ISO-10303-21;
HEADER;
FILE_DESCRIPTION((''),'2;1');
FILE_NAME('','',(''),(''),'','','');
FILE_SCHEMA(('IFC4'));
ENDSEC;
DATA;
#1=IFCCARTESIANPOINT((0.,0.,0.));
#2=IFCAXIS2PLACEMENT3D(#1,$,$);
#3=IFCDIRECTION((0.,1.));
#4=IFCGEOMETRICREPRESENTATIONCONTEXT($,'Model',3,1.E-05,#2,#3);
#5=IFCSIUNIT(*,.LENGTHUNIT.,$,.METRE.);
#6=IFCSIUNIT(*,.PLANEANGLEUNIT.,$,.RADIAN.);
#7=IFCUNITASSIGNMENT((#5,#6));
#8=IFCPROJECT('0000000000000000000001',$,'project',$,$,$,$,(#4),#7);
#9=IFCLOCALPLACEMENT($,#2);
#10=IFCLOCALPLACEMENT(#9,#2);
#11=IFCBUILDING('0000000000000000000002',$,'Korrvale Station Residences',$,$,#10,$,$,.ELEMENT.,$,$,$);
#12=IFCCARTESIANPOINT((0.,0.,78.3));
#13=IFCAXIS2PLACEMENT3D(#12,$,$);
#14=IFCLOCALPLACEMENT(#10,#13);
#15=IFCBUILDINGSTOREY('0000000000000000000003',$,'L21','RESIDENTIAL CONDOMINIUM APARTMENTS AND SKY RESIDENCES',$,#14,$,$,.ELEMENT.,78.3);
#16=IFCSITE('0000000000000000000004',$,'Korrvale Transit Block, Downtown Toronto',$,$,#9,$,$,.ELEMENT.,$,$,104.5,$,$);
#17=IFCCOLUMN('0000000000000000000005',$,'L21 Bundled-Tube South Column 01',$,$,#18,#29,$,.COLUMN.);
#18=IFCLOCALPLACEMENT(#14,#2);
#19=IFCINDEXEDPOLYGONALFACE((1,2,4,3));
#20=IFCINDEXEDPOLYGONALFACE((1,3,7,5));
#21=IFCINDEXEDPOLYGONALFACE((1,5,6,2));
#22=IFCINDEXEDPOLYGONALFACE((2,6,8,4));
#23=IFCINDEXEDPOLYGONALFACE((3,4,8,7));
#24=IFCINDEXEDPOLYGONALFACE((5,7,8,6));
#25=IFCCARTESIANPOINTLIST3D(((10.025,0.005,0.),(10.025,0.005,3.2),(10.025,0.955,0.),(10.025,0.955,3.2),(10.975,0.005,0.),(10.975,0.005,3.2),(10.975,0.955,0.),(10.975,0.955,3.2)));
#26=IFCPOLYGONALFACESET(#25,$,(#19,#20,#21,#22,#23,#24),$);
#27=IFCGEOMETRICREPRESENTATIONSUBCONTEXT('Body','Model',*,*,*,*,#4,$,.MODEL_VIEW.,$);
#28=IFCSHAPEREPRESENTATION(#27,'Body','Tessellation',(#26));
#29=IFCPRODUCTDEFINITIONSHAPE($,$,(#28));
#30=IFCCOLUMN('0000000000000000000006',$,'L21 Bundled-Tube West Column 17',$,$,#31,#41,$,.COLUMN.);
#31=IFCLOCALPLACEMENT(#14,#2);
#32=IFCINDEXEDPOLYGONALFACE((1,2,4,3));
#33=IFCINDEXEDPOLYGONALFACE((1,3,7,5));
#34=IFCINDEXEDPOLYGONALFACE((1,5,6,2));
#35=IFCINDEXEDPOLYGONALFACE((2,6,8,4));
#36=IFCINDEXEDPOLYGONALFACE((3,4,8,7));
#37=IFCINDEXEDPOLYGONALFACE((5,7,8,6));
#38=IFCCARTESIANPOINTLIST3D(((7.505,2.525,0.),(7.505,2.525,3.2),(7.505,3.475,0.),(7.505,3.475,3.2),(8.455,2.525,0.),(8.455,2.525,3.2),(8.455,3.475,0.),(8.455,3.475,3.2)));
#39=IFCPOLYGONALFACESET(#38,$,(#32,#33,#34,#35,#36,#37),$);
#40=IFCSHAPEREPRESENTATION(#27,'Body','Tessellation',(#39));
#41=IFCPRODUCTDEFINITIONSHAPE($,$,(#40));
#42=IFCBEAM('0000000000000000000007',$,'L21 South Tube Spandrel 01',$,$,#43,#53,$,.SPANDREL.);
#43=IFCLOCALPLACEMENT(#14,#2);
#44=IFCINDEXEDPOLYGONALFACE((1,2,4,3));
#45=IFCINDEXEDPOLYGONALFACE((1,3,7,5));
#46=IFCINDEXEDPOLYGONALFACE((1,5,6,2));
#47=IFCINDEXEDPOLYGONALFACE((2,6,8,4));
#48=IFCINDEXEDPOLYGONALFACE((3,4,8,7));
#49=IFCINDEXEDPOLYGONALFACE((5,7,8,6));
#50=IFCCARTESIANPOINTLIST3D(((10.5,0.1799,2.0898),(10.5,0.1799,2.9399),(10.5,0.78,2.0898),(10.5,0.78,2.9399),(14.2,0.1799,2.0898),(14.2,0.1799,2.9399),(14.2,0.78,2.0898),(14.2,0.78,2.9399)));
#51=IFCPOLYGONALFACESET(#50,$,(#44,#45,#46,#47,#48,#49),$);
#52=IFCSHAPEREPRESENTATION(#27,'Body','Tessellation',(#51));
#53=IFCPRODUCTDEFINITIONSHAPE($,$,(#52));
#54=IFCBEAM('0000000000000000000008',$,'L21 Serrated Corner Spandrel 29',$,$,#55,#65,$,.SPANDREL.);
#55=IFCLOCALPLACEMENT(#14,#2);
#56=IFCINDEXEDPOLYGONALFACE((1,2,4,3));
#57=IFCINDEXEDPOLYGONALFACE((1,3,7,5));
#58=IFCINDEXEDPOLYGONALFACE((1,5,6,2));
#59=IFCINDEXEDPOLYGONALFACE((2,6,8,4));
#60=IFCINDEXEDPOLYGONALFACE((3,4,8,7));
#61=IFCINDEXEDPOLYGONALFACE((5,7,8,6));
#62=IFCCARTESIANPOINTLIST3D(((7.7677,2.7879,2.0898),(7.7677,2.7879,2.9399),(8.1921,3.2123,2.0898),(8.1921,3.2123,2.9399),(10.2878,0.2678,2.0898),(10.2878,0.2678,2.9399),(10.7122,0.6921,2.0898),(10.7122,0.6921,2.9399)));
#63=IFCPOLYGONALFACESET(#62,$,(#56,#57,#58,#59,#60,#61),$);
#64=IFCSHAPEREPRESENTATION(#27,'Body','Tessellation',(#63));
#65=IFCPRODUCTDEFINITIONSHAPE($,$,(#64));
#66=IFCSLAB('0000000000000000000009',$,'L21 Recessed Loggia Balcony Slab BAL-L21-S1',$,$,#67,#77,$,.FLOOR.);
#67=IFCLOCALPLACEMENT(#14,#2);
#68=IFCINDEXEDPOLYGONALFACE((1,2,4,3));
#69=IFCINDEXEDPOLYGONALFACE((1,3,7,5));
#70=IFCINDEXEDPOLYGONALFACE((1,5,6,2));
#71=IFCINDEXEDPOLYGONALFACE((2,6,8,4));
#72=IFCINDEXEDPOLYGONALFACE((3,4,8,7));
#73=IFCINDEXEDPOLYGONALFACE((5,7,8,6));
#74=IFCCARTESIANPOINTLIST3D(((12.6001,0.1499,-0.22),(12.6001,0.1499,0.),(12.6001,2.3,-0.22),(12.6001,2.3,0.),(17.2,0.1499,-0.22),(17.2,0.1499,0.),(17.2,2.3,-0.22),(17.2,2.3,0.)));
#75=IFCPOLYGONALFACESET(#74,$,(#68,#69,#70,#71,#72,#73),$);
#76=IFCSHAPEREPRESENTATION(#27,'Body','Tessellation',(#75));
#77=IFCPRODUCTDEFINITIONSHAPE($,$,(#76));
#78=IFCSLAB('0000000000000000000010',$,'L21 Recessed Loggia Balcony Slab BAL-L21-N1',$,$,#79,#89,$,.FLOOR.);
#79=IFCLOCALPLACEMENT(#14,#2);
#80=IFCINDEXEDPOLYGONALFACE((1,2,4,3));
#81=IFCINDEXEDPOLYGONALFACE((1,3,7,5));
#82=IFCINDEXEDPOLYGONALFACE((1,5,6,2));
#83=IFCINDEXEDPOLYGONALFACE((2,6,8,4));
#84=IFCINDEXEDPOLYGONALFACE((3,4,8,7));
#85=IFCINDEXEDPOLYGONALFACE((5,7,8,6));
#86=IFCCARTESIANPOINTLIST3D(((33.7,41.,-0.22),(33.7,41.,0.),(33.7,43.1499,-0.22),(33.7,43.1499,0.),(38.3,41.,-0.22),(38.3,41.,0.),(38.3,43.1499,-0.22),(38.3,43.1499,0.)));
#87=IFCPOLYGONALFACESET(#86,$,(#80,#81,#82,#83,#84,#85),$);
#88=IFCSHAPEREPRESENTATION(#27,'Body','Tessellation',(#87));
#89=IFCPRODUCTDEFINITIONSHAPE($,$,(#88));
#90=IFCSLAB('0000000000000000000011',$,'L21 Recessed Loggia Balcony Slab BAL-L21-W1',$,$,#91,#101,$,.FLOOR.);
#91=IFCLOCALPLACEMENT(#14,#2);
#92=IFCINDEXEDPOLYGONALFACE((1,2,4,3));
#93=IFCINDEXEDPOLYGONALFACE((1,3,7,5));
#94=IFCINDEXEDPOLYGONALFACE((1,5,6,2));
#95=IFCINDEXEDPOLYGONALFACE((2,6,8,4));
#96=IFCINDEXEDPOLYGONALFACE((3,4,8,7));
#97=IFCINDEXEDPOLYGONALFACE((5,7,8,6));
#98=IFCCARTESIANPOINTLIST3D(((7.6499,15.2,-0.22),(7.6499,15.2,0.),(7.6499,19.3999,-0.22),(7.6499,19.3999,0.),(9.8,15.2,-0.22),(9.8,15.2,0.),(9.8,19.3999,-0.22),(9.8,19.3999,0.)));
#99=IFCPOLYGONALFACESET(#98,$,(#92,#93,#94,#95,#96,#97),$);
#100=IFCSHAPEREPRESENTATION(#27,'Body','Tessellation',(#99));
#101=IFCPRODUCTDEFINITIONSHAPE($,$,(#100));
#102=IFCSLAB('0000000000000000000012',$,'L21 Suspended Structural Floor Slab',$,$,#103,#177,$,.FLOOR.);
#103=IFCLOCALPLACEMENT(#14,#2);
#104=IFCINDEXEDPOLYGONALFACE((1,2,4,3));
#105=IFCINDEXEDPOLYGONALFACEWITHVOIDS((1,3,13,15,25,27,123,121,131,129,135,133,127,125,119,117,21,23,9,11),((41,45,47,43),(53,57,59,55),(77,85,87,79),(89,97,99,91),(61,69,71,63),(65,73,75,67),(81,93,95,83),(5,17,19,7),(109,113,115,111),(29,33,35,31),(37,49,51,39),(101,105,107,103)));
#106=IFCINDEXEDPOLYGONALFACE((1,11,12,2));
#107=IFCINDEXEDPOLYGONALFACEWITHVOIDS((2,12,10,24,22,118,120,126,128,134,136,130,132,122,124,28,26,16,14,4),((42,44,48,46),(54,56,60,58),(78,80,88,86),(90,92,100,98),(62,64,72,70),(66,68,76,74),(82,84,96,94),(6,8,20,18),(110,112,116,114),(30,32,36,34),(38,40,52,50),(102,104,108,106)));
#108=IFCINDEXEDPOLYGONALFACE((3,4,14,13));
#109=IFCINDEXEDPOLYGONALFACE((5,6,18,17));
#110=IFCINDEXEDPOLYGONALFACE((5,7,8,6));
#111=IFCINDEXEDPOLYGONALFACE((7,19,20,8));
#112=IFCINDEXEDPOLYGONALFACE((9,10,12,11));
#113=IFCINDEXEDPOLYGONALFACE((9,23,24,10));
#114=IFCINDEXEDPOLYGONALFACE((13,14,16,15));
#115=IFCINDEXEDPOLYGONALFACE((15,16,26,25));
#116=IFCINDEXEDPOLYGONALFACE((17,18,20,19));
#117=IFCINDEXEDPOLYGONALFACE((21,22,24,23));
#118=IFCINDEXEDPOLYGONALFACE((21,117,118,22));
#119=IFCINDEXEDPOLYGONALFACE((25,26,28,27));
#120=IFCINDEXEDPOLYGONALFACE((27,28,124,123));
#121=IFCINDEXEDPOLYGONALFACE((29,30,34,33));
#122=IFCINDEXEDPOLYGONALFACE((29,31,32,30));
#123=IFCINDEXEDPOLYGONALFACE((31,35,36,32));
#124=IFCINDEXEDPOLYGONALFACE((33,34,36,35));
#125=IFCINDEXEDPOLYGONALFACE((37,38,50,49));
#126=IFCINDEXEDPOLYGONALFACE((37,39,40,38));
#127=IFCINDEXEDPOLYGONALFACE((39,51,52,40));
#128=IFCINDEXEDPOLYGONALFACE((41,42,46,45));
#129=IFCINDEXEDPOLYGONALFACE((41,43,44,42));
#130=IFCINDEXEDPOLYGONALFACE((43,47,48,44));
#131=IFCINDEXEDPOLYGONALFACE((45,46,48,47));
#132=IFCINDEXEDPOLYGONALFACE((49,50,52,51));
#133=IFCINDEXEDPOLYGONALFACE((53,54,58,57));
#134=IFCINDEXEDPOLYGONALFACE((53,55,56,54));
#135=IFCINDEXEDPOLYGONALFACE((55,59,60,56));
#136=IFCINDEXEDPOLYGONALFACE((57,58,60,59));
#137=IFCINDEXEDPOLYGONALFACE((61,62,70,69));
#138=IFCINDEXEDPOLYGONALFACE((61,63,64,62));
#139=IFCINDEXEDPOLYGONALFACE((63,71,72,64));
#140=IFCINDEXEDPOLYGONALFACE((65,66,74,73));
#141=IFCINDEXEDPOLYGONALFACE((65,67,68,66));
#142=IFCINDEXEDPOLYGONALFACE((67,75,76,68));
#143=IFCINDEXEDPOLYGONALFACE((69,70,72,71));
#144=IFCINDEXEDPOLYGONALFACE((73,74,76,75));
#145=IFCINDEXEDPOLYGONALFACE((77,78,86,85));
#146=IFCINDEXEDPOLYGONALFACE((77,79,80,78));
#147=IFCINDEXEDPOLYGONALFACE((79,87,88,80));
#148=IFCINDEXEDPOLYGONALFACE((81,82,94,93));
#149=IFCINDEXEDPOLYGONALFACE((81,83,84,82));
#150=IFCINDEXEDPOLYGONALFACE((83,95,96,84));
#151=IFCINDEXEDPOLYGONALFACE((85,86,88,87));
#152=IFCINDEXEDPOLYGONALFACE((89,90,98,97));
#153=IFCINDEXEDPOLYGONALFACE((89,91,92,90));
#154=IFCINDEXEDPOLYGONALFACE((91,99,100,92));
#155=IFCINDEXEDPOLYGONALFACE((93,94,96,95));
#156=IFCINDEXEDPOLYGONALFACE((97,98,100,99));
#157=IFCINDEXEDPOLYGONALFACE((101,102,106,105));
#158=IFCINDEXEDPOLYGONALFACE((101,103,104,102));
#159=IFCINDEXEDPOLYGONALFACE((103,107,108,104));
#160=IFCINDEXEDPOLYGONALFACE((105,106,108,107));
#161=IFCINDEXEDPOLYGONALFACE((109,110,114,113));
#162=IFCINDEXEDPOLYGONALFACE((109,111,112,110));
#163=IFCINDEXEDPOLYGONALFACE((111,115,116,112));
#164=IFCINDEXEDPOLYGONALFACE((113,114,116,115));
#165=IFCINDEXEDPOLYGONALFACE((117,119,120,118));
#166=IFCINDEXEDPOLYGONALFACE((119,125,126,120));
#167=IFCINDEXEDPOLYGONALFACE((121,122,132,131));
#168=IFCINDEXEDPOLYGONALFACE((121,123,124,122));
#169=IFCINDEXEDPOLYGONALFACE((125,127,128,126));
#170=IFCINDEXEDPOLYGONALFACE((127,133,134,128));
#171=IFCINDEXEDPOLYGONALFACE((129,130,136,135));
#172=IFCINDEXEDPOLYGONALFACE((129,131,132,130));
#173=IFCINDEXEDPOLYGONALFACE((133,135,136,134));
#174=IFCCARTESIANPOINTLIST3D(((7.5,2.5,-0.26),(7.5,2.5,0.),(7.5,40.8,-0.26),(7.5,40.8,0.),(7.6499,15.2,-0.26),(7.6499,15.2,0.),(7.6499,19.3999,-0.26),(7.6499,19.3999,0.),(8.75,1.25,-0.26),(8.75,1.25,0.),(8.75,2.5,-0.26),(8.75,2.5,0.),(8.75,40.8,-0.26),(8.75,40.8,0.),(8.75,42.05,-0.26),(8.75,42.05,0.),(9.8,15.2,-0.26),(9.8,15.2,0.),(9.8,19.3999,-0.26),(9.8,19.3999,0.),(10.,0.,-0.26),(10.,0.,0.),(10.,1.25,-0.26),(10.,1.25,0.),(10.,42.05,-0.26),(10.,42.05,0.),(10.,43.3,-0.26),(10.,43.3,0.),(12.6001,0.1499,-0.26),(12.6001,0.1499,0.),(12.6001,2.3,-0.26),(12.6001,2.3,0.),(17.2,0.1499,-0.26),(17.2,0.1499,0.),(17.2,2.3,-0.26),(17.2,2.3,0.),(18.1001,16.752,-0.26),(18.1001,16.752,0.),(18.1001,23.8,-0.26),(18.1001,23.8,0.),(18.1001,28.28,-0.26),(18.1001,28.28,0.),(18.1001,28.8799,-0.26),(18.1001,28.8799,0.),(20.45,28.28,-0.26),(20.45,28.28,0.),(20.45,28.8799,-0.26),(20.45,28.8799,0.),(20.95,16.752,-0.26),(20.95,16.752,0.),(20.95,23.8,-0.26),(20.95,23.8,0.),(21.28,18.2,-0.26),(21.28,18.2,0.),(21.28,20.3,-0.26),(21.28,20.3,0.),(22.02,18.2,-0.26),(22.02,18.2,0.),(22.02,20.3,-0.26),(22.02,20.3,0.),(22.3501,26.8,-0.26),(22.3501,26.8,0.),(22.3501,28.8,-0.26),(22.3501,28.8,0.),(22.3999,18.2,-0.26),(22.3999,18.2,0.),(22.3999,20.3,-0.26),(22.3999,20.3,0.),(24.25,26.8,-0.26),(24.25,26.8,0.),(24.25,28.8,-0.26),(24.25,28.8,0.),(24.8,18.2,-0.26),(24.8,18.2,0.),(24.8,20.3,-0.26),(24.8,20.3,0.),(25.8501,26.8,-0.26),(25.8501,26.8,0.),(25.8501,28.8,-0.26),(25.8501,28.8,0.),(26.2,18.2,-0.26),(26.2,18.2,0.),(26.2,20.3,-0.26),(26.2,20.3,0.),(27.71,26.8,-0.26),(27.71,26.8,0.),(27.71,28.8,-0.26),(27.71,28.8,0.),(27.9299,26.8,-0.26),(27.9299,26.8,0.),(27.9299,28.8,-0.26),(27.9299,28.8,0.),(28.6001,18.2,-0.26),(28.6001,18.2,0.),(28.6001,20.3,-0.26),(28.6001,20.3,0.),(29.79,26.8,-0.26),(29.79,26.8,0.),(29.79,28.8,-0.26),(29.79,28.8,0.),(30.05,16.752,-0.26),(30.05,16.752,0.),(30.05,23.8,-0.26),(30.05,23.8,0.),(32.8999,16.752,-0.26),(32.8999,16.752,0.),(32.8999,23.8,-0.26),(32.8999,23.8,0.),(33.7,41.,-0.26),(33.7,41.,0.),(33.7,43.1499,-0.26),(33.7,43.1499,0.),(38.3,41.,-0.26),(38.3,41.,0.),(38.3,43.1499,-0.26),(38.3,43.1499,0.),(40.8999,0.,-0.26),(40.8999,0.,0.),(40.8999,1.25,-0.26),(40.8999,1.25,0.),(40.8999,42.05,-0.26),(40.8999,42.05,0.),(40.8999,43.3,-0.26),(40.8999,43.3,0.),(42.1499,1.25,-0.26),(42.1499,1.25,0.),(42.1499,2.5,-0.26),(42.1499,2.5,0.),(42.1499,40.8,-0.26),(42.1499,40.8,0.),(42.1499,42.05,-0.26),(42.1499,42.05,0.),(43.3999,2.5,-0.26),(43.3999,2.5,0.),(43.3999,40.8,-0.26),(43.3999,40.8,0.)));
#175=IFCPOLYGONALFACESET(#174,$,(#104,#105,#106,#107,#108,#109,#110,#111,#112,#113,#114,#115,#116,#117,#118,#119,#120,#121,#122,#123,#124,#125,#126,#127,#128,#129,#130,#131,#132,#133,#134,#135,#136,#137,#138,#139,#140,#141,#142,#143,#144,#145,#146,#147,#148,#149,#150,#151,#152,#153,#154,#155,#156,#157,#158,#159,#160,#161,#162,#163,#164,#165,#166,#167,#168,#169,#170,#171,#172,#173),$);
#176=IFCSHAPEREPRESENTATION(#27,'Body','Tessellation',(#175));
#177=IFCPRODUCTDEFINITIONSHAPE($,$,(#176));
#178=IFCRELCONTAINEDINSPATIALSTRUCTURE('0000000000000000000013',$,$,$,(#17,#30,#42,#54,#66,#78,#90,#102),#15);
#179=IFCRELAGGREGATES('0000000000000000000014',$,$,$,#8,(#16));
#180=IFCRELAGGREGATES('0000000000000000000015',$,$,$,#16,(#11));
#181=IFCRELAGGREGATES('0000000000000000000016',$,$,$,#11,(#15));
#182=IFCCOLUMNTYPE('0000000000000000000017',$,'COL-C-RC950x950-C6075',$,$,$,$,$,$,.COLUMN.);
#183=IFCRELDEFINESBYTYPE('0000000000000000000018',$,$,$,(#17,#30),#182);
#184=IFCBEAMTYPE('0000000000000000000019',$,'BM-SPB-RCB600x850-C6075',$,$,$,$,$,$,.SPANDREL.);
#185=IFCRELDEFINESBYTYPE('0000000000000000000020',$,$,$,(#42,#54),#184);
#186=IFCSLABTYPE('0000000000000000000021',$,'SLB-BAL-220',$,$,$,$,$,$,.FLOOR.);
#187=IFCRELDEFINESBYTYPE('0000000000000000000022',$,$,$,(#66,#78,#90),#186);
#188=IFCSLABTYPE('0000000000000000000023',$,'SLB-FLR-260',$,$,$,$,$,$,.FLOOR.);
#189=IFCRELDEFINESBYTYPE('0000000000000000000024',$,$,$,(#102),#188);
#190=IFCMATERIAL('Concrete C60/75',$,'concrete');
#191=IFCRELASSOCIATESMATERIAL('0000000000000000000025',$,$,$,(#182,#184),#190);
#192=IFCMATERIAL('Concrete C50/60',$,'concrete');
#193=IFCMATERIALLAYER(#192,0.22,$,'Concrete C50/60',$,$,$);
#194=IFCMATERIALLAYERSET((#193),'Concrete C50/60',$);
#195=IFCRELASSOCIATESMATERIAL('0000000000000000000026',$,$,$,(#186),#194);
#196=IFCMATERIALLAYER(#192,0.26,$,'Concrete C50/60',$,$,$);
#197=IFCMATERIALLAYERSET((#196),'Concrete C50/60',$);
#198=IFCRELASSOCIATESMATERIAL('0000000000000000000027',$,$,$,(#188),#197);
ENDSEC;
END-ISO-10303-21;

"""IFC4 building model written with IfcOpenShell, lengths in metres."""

from ifc_helpers import new_model, si_unit, direction, frame, origin, origin_2d, place, context, subcontext, project, spatial, polyline, rectangle, outline, extrude, material, layer, layer_set, material_profile, profile_set, type_object, element, save


model = new_model("IFC4")

# Units and contexts
model_context = context("Model", 3, precision=1e-05, world=origin(), true_north=direction((0.0, 1.0)))
body_context = subcontext(model_context, "Body", "Model", "MODEL_VIEW")
ifc_project = project(units=[si_unit("LENGTHUNIT", "METRE"), si_unit("PLANEANGLEUNIT", "RADIAN")], contexts=[model_context])

# Site, building, storey
site_placement = place(None, origin())
site = spatial("IfcSite", under=ifc_project, at=site_placement, Name="Korrvale Transit Block, Downtown Toronto", CompositionType="ELEMENT", RefElevation=104.5)
building_placement = place(site_placement, origin())
building = spatial("IfcBuilding", under=site, at=building_placement, Name="Korrvale Station Residences", CompositionType="ELEMENT")
storey_placement = place(building_placement, frame((0.0, 0.0, 78.3)))
storey = spatial("IfcBuildingStorey", under=building, at=storey_placement, Name="L21", Description="RESIDENTIAL CONDOMINIUM APARTMENTS AND SKY RESIDENCES", CompositionType="ELEMENT", Elevation=78.3)

# Columns
ifc_material_1 = material(Name="Concrete C60/75", Category="concrete")
ifc_material_profile_1 = material_profile(ifc_material_1, rectangle(XDim=0.95, YDim=0.95, at=origin_2d()), Name="RC950x950")
ifc_profile_set_1 = profile_set([ifc_material_profile_1], Name="Concrete C60/75")
column_type = type_object("IfcColumnType", Name="COL-C-RC950x950-C6075", PredefinedType="COLUMN", material=ifc_profile_set_1)
for number, where, z_axis, x_axis, name in (
    (1, (10.5, 0.48, 0.0), (0.0, 0.0, 1.0), (1.0, 0.0, 0.0), "L21 Bundled-Tube South Column 01"),
    (2, (7.98, 3.0, 0.0), (0.0, 0.0, 1.0), (1.0, 0.0, 0.0), "L21 Bundled-Tube West Column 17"),
):
    element("IfcColumn", number, at=place(storey_placement, frame(where, z_axis=z_axis, x_axis=x_axis)), inside=storey, type_object=column_type, Name=name, PredefinedType="COLUMN", context=body_context, shape_type="SweptSolid", body=[
        extrude(rectangle(XDim=0.95, YDim=0.95, at=origin_2d()), origin(), (0.0, 0.0, 1.0), 3.2),
    ])

# Beams
ifc_material_profile_2 = material_profile(ifc_material_1, rectangle(XDim=0.6001, YDim=0.8501, at=origin_2d()), Name="RCB600x850")
ifc_profile_set_2 = profile_set([ifc_material_profile_2], Name="Concrete C60/75")
beam_type = type_object("IfcBeamType", Name="BM-SPB-RCB600x850-C6075", PredefinedType="SPANDREL", material=ifc_profile_set_2)
beam_1_placement = place(storey_placement, frame((10.5, 0.48, 2.5149), z_axis=(1.0, 0.0, 0.0), x_axis=(0.0, 1.0, 0.0)))
element("IfcBeam", 3, at=beam_1_placement, inside=storey, type_object=beam_type, Name="L21 South Tube Spandrel 01", PredefinedType="SPANDREL", context=body_context, shape_type="SweptSolid", body=[
    extrude(rectangle(XDim=0.6001, YDim=0.8501, at=origin_2d()), origin(), (0.0, 0.0, 1.0), 3.7),
])
beam_2_placement = place(storey_placement, frame((10.5, 0.48, 2.5149), z_axis=(-0.707107, 0.707107, 0.0), x_axis=(-0.707107, -0.707107, 0.0)))
element("IfcBeam", 4, at=beam_2_placement, inside=storey, type_object=beam_type, Name="L21 Serrated Corner Spandrel 29", PredefinedType="SPANDREL", context=body_context, shape_type="SweptSolid", body=[
    extrude(rectangle(XDim=0.6001, YDim=0.8501, at=origin_2d()), origin(), (0.0, 0.0, 1.0), 3.564),
])

# Slabs
ifc_material_2 = material(Name="Concrete C50/60", Category="concrete")
ifc_layer_1 = layer(ifc_material_2, 0.22, Name="Concrete C50/60")
ifc_layer_set_1 = layer_set([ifc_layer_1], Name="Concrete C50/60")
slab_type_1 = type_object("IfcSlabType", Name="SLB-BAL-220", PredefinedType="FLOOR", material=ifc_layer_set_1)
slab_1_placement = place(storey_placement, frame((0.0, 0.0, -0.22)))
element("IfcSlab", 5, at=slab_1_placement, inside=storey, type_object=slab_type_1, Name="L21 Recessed Loggia Balcony Slab BAL-L21-S1", PredefinedType="FLOOR", context=body_context, shape_type="SweptSolid", body=[
    extrude(outline(polyline([(12.6001, 0.1499), (17.2, 0.1499), (17.2, 2.3), (12.6001, 2.3), (12.6001, 0.1499)])), origin(), (0.0, 0.0, 1.0), 0.22),
])
slab_2_placement = place(storey_placement, frame((0.0, 0.0, -0.22)))
element("IfcSlab", 6, at=slab_2_placement, inside=storey, type_object=slab_type_1, Name="L21 Recessed Loggia Balcony Slab BAL-L21-N1", PredefinedType="FLOOR", context=body_context, shape_type="SweptSolid", body=[
    extrude(outline(polyline([(33.7, 41.0), (38.3, 41.0), (38.3, 43.1499), (33.7, 43.1499), (33.7, 41.0)])), origin(), (0.0, 0.0, 1.0), 0.22),
])
slab_3_placement = place(storey_placement, frame((0.0, 0.0, -0.22)))
element("IfcSlab", 7, at=slab_3_placement, inside=storey, type_object=slab_type_1, Name="L21 Recessed Loggia Balcony Slab BAL-L21-W1", PredefinedType="FLOOR", context=body_context, shape_type="SweptSolid", body=[
    extrude(outline(polyline([(7.6499, 15.2), (9.8, 15.2), (9.8, 19.3999), (7.6499, 19.3999), (7.6499, 15.2)])), origin(), (0.0, 0.0, 1.0), 0.22),
])
ifc_layer_2 = layer(ifc_material_2, 0.26, Name="Concrete C50/60")
ifc_layer_set_2 = layer_set([ifc_layer_2], Name="Concrete C50/60")
slab_type_2 = type_object("IfcSlabType", Name="SLB-FLR-260", PredefinedType="FLOOR", material=ifc_layer_set_2)
slab_4_placement = place(storey_placement, frame((0.0, 0.0, -0.26)))
element("IfcSlab", 8, at=slab_4_placement, inside=storey, type_object=slab_type_2, Name="L21 Suspended Structural Floor Slab", PredefinedType="FLOOR", context=body_context, shape_type="SweptSolid", body=[
    extrude(outline(polyline([(10.0, 0.0), (40.8999, 0.0), (40.8999, 1.25), (42.1499, 1.25), (42.1499, 2.5), (43.3999, 2.5), (43.3999, 40.8), (42.1499, 40.8), (42.1499, 42.05), (40.8999, 42.05), (40.8999, 43.3), (10.0, 43.3), (10.0, 42.05), (8.75, 42.05), (8.75, 40.8), (7.5, 40.8), (7.5, 2.5), (8.75, 2.5), (8.75, 1.25), (10.0, 1.25), (10.0, 0.0)]), holes=[polyline([(20.95, 16.752), (20.95, 23.8), (18.1001, 23.8), (18.1001, 16.752), (20.95, 16.752)]), polyline([(32.8999, 16.752), (32.8999, 23.8), (30.05, 23.8), (30.05, 16.752), (32.8999, 16.752)]), polyline([(22.3501, 26.8), (24.25, 26.8), (24.25, 28.8), (22.3501, 28.8), (22.3501, 26.8)]), polyline([(25.8501, 26.8), (27.71, 26.8), (27.71, 28.8), (25.8501, 28.8), (25.8501, 26.8)]), polyline([(27.9299, 26.8), (29.79, 26.8), (29.79, 28.8), (27.9299, 28.8), (27.9299, 26.8)]), polyline([(22.3999, 18.2), (24.8, 18.2), (24.8, 20.3), (22.3999, 20.3), (22.3999, 18.2)]), polyline([(26.2, 18.2), (28.6001, 18.2), (28.6001, 20.3), (26.2, 20.3), (26.2, 18.2)]), polyline([(18.1001, 28.28), (20.45, 28.28), (20.45, 28.8799), (18.1001, 28.8799), (18.1001, 28.28)]), polyline([(21.28, 18.2), (22.02, 18.2), (22.02, 20.3), (21.28, 20.3), (21.28, 18.2)]), polyline([(12.6001, 0.1499), (17.2, 0.1499), (17.2, 2.3), (12.6001, 2.3), (12.6001, 0.1499)]), polyline([(33.7, 41.0), (38.3, 41.0), (38.3, 43.1499), (33.7, 43.1499), (33.7, 41.0)]), polyline([(7.6499, 15.2), (9.8, 15.2), (9.8, 19.3999), (7.6499, 19.3999), (7.6499, 15.2)])]), origin(), (0.0, 0.0, 1.0), 0.26),
])

save(model, "model.ifc")
